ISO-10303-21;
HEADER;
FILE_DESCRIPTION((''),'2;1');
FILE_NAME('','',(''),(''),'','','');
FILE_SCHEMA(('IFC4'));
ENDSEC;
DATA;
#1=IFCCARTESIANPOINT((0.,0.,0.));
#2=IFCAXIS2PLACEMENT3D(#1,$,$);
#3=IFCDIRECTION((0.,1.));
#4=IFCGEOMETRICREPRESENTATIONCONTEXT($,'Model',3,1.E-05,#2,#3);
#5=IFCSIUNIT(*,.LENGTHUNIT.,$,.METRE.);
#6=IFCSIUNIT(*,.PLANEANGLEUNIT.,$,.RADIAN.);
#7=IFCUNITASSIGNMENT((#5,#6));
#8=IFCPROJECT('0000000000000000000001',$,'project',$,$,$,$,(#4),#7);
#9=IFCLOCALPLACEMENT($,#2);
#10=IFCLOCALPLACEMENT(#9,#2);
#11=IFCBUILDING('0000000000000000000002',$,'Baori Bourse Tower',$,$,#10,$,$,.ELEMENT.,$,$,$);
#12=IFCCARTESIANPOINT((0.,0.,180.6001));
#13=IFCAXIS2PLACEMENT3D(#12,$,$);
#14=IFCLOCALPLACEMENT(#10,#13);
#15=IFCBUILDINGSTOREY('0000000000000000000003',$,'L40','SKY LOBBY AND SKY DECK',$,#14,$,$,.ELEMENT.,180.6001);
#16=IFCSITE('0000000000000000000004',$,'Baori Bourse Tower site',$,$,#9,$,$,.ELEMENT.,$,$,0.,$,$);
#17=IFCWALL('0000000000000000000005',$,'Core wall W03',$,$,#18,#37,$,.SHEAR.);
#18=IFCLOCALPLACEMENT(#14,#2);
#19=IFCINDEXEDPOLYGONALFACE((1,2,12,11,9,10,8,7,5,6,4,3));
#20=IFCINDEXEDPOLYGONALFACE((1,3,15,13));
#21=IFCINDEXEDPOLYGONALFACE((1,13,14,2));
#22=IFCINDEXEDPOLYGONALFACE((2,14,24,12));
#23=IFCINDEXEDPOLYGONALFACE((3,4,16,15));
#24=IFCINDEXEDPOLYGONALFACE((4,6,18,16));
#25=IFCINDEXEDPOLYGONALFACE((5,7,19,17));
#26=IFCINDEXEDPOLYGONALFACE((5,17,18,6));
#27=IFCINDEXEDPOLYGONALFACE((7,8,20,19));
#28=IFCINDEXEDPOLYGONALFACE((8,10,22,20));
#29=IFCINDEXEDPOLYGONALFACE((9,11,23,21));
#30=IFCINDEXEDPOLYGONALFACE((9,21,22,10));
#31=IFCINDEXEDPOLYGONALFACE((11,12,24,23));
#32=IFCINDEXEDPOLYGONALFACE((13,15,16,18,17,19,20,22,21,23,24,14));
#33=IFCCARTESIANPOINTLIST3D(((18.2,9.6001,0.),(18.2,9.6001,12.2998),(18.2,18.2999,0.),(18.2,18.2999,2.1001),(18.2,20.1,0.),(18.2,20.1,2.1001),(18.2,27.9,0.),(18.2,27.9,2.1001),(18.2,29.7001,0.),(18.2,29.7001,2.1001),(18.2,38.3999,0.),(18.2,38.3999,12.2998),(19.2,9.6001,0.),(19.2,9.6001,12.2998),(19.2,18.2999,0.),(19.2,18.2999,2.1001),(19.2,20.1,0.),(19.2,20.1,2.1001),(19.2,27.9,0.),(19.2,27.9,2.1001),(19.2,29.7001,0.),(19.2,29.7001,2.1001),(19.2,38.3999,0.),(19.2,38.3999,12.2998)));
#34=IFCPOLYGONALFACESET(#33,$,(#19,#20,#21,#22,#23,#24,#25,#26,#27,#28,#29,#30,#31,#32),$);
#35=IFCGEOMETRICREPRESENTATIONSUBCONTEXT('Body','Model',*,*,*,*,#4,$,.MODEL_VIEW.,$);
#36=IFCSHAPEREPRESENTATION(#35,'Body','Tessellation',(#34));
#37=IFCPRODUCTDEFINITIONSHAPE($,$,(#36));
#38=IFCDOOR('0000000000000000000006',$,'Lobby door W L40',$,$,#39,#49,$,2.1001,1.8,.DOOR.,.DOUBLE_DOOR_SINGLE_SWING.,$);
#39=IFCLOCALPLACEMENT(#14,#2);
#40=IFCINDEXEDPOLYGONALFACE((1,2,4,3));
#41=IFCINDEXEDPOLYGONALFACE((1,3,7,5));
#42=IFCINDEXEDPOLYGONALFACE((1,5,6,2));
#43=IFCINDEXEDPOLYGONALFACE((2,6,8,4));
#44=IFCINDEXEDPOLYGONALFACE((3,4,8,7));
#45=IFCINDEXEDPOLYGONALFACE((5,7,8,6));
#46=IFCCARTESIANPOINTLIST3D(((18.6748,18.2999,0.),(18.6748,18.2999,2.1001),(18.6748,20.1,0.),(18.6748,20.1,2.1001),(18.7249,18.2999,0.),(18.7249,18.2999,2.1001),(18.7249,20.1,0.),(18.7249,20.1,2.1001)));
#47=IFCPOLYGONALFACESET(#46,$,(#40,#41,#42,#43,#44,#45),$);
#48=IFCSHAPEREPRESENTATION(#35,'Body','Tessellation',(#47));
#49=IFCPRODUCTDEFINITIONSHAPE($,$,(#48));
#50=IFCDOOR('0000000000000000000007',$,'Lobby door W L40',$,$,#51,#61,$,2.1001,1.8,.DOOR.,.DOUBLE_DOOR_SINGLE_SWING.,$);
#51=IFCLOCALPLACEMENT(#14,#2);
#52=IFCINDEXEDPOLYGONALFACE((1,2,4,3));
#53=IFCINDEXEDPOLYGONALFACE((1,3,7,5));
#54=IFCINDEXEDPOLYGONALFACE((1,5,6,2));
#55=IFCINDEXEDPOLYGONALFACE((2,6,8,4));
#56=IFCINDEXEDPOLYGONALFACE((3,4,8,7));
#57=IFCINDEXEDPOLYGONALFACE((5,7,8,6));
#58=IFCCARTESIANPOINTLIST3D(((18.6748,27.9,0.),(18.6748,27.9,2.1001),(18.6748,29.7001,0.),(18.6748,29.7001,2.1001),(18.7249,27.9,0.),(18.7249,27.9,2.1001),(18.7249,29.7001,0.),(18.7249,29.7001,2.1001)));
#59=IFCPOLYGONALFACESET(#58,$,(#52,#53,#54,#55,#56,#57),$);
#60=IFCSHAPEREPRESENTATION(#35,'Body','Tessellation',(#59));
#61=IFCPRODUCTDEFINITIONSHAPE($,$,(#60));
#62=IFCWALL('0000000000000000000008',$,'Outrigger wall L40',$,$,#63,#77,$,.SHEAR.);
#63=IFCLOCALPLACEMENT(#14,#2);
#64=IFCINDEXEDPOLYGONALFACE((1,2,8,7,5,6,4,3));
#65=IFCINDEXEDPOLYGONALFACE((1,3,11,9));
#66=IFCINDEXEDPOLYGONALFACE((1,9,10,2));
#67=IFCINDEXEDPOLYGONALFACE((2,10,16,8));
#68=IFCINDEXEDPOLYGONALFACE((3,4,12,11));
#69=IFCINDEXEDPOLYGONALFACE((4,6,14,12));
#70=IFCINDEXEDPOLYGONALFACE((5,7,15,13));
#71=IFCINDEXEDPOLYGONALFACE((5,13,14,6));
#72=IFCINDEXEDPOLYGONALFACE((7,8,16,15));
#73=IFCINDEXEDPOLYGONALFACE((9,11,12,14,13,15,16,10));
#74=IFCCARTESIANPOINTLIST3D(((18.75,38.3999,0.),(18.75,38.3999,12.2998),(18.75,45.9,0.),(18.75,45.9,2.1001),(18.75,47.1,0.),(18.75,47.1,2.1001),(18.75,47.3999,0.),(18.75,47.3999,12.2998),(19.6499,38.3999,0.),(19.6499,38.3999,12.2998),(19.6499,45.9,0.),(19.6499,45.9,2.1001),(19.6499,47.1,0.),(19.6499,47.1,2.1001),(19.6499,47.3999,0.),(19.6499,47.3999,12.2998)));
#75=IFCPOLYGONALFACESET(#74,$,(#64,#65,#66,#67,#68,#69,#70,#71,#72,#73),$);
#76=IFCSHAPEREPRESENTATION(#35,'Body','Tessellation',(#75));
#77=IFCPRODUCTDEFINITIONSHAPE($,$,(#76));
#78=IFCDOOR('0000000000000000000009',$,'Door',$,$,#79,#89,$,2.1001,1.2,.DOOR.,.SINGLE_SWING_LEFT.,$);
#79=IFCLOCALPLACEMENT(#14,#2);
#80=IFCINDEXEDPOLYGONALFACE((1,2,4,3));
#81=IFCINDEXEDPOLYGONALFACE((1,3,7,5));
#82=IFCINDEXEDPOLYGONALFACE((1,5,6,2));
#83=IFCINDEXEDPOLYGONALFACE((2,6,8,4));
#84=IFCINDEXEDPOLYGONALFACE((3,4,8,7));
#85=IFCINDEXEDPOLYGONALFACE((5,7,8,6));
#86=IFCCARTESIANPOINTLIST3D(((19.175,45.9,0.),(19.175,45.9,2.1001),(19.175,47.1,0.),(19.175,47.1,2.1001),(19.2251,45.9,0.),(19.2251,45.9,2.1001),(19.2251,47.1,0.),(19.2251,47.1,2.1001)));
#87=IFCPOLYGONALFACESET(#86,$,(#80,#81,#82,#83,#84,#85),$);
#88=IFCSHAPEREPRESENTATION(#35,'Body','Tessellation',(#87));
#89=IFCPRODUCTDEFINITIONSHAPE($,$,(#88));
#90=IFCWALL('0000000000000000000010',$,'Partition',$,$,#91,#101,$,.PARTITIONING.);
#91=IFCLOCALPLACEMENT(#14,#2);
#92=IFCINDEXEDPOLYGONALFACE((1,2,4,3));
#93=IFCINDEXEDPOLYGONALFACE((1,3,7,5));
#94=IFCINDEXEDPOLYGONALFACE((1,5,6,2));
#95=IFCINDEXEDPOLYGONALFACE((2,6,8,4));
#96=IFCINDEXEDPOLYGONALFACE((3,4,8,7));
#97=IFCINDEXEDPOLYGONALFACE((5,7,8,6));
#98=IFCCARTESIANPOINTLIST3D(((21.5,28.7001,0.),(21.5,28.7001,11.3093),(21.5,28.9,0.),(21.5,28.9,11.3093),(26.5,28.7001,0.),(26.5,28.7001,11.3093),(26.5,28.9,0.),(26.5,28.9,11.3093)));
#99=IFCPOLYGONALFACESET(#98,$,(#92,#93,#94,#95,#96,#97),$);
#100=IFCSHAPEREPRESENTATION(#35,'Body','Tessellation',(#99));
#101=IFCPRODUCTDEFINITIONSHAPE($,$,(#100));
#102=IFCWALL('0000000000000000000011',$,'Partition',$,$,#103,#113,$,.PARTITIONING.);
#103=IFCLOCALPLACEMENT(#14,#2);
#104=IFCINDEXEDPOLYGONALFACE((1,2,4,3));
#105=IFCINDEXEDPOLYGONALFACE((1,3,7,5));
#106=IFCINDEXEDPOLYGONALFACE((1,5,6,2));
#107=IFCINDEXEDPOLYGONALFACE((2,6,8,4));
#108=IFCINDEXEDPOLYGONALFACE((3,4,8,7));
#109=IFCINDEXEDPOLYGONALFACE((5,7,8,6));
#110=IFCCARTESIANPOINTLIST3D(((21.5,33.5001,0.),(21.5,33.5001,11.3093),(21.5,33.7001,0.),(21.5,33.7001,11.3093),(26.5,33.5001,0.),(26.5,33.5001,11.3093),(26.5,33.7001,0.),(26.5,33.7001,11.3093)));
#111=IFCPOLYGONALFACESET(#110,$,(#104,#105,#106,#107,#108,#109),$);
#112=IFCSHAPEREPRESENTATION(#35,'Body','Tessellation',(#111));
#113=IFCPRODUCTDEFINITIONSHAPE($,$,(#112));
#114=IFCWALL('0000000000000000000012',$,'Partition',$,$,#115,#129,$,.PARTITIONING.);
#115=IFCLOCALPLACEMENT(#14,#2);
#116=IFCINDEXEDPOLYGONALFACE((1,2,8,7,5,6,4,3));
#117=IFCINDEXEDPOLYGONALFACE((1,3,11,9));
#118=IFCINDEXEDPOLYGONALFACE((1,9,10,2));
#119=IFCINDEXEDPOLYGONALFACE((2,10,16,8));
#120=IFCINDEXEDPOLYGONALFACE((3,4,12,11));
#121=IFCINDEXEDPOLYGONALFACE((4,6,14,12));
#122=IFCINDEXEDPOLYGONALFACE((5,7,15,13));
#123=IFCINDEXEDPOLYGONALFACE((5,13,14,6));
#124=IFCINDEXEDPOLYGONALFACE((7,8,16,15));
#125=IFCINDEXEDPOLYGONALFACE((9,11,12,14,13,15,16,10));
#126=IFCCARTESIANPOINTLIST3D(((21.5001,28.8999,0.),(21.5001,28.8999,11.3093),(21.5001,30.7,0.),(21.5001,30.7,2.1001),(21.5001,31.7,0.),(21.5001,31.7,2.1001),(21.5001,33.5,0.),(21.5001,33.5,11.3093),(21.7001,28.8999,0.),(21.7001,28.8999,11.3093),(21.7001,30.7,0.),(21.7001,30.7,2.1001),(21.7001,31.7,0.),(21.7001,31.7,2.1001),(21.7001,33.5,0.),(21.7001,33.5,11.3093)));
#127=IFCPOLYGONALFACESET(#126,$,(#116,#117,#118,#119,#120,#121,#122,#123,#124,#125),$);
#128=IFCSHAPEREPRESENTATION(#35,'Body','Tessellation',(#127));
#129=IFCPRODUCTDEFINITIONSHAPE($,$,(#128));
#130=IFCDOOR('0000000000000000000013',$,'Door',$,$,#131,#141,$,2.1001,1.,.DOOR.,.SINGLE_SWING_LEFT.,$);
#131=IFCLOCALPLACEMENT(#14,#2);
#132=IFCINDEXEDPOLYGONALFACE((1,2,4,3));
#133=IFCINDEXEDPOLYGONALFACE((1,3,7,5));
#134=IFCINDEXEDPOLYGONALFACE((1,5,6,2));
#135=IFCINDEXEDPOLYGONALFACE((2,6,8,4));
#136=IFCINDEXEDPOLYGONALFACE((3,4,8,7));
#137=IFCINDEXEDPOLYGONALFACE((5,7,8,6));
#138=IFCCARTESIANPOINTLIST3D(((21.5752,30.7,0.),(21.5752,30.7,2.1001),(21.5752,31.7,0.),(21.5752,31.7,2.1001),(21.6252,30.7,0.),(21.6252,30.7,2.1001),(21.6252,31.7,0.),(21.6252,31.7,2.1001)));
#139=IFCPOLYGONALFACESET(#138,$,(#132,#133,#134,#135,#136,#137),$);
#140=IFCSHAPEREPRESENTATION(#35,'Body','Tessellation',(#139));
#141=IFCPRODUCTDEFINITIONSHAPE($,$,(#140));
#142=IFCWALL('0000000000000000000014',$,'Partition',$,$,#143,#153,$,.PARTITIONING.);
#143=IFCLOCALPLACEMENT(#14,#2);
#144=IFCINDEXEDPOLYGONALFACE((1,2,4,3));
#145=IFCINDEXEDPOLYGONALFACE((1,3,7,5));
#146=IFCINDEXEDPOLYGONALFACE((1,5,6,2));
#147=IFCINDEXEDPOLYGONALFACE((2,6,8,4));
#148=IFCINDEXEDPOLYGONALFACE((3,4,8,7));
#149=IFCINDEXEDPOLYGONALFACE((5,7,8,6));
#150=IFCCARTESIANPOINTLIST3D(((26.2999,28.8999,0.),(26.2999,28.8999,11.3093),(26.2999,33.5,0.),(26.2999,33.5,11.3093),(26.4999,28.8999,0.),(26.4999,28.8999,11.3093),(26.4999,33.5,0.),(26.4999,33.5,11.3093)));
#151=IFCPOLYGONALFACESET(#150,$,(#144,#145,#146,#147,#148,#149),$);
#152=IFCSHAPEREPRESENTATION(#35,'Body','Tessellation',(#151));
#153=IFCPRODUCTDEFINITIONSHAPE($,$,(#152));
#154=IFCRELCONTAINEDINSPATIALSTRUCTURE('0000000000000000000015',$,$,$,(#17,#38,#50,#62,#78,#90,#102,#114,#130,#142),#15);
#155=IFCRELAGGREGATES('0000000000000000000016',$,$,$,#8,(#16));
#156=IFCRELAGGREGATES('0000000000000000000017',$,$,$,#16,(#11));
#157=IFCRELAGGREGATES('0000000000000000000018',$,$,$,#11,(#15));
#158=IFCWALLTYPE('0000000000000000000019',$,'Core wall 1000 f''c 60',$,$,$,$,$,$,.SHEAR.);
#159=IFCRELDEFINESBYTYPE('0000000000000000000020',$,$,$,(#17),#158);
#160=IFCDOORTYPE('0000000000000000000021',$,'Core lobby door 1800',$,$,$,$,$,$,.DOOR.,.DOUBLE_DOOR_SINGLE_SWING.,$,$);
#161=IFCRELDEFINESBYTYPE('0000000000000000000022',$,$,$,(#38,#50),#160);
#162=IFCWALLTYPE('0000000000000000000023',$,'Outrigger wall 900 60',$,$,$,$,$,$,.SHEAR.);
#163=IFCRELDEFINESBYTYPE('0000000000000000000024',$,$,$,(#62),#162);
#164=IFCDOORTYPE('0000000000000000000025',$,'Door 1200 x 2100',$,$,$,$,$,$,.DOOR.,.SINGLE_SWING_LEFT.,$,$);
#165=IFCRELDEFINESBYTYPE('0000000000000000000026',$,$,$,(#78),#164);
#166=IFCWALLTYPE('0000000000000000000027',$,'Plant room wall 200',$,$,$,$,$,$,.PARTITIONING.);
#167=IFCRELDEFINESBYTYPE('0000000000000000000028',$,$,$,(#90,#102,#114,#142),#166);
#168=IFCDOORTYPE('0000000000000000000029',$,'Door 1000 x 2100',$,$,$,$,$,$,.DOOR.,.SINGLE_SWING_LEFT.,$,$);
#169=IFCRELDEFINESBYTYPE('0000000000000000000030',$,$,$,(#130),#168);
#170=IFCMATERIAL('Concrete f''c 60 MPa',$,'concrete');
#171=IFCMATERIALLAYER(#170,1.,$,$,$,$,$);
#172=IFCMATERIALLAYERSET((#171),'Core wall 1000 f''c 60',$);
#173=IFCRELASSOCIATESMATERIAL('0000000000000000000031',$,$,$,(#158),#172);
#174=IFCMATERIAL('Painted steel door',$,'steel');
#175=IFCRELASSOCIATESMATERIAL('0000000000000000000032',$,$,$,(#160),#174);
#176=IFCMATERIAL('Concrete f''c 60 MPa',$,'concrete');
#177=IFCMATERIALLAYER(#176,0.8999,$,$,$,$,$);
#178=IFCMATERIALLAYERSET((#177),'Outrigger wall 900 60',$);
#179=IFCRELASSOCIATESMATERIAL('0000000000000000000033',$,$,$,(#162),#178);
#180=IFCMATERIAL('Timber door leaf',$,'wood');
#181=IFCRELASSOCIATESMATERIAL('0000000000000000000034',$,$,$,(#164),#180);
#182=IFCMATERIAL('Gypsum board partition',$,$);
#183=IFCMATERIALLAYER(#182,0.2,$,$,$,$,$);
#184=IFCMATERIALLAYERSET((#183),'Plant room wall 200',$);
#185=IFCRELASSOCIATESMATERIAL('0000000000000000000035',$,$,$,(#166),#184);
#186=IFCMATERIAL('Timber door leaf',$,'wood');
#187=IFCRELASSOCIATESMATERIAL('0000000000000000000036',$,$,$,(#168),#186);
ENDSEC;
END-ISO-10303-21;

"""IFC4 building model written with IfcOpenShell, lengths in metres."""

from ifc_helpers import new_model, si_unit, direction, frame, frame_2d, origin, place, context, subcontext, project, spatial, rectangle, extrude, material, layer, layer_set, type_object, element, fill, save


model = new_model("IFC4")

# Units and contexts
model_context = context("Model", 3, precision=1e-05, world=origin(), true_north=direction((0.0, 1.0)))
body_context = subcontext(model_context, "Body", "Model", "MODEL_VIEW")
ifc_project = project(units=[si_unit("LENGTHUNIT", "METRE"), si_unit("PLANEANGLEUNIT", "RADIAN")], contexts=[model_context])

# Site, building, storey
site_placement = place(None, origin())
site = spatial("IfcSite", under=ifc_project, at=site_placement, Name="Baori Bourse Tower site", CompositionType="ELEMENT", RefElevation=0.0)
building_placement = place(site_placement, origin())
building = spatial("IfcBuilding", under=site, at=building_placement, Name="Baori Bourse Tower", CompositionType="ELEMENT")
storey_placement = place(building_placement, frame((0.0, 0.0, 180.6001)))
storey = spatial("IfcBuildingStorey", under=building, at=storey_placement, Name="L40", Description="SKY LOBBY AND SKY DECK", CompositionType="ELEMENT", Elevation=180.6001)

# Wall, openings, doors
ifc_material_1 = material(Name="Concrete f'c 60 MPa", Category="concrete")
ifc_layer_1 = layer(ifc_material_1, 1.0)
ifc_layer_set_1 = layer_set([ifc_layer_1], Name="Core wall 1000 f'c 60")
wall_type_1 = type_object("IfcWallType", Name="Core wall 1000 f'c 60", PredefinedType="SHEAR", material=ifc_layer_set_1)
wall_1_placement = place(storey_placement, frame((18.7, 38.3999, 0.0), z_axis=(0.0, 0.0, 1.0), x_axis=(0.0, -1.0, 0.0)))
wall_1 = element("IfcWall", 1, at=wall_1_placement, inside=storey, type_object=wall_type_1, Name="Core wall W03", PredefinedType="SHEAR", context=body_context, shape_type="SweptSolid", body=[
    extrude(rectangle(XDim=28.7998, YDim=1.0, at=frame_2d((14.3999, 0.0))), origin(), (0.0, 0.0, 1.0), 12.2998),
])
opening_1_placement = place(wall_1_placement, frame((18.3, 0.0, 0.0)))
opening_1 = element("IfcOpeningElement", 2, at=opening_1_placement, cuts=wall_1, PredefinedType="OPENING", context=body_context, shape_type="SweptSolid", body=[
    extrude(rectangle(XDim=1.8, YDim=2.1001, at=frame_2d((0.8999, 1.05))), frame((0.0, 0.51, 0.0), z_axis=(0.0, -1.0, 0.0), x_axis=(1.0, 0.0, 0.0)), (0.0, 0.0, 1.0), 1.02),
])
opening_2_placement = place(wall_1_placement, frame((8.7, 0.0, 0.0)))
opening_2 = element("IfcOpeningElement", 3, at=opening_2_placement, cuts=wall_1, PredefinedType="OPENING", context=body_context, shape_type="SweptSolid", body=[
    extrude(rectangle(XDim=1.8, YDim=2.1001, at=frame_2d((0.8999, 1.05))), frame((0.0, 0.51, 0.0), z_axis=(0.0, -1.0, 0.0), x_axis=(1.0, 0.0, 0.0)), (0.0, 0.0, 1.0), 1.02),
])
ifc_material_2 = material(Name="Painted steel door", Category="steel")
door_type_1 = type_object("IfcDoorType", Name="Core lobby door 1800", OperationType="DOUBLE_DOOR_SINGLE_SWING", PredefinedType="DOOR", material=ifc_material_2)
door_1_placement = place(opening_1_placement, origin())
door_1 = element("IfcDoor", 4, at=door_1_placement, inside=storey, type_object=door_type_1, Name="Lobby door W L40", OperationType="DOUBLE_DOOR_SINGLE_SWING", OverallHeight=2.1001, OverallWidth=1.8, PredefinedType="DOOR", context=body_context, shape_type="SweptSolid", body=[
    extrude(rectangle(XDim=1.8, YDim=2.1001, at=frame_2d((0.8999, 1.05))), frame((0.0, 0.0249, 0.0), z_axis=(0.0, -1.0, 0.0), x_axis=(1.0, 0.0, 0.0)), (0.0, 0.0, 1.0), 0.05),
])
fill(opening_1, door_1)
door_2_placement = place(opening_2_placement, origin())
door_2 = element("IfcDoor", 5, at=door_2_placement, inside=storey, type_object=door_type_1, Name="Lobby door W L40", OperationType="DOUBLE_DOOR_SINGLE_SWING", OverallHeight=2.1001, OverallWidth=1.8, PredefinedType="DOOR", context=body_context, shape_type="SweptSolid", body=[
    extrude(rectangle(XDim=1.8, YDim=2.1001, at=frame_2d((0.8999, 1.05))), frame((0.0, 0.0249, 0.0), z_axis=(0.0, -1.0, 0.0), x_axis=(1.0, 0.0, 0.0)), (0.0, 0.0, 1.0), 0.05),
])
fill(opening_2, door_2)

# Wall, opening, door
ifc_material_3 = material(Name="Concrete f'c 60 MPa", Category="concrete")
ifc_layer_2 = layer(ifc_material_3, 0.8999)
ifc_layer_set_2 = layer_set([ifc_layer_2], Name="Outrigger wall 900 60")
wall_type_2 = type_object("IfcWallType", Name="Outrigger wall 900 60", PredefinedType="SHEAR", material=ifc_layer_set_2)
wall_2_placement = place(storey_placement, frame((19.2, 38.3999, 0.0), z_axis=(0.0, 0.0, 1.0), x_axis=(0.0, 1.0, 0.0)))
wall_2 = element("IfcWall", 6, at=wall_2_placement, inside=storey, type_object=wall_type_2, Name="Outrigger wall L40", PredefinedType="SHEAR", context=body_context, shape_type="SweptSolid", body=[
    extrude(rectangle(XDim=9.0, YDim=0.8999, at=frame_2d((4.5, 0.0))), origin(), (0.0, 0.0, 1.0), 12.2998),
])
opening_3_placement = place(wall_2_placement, frame((7.5, 0.0, 0.0)))
opening_3 = element("IfcOpeningElement", 7, at=opening_3_placement, cuts=wall_2, PredefinedType="OPENING", context=body_context, shape_type="SweptSolid", body=[
    extrude(rectangle(XDim=1.2, YDim=2.1001, at=frame_2d((0.6001, 1.05))), frame((0.0, 0.46, 0.0), z_axis=(0.0, -1.0, 0.0), x_axis=(1.0, 0.0, 0.0)), (0.0, 0.0, 1.0), 0.9199),
])
ifc_material_4 = material(Name="Timber door leaf", Category="wood")
door_type_2 = type_object("IfcDoorType", Name="Door 1200 x 2100", OperationType="SINGLE_SWING_LEFT", PredefinedType="DOOR", material=ifc_material_4)
door_3_placement = place(opening_3_placement, origin())
door_3 = element("IfcDoor", 8, at=door_3_placement, inside=storey, type_object=door_type_2, Name="Door", OperationType="SINGLE_SWING_LEFT", OverallHeight=2.1001, OverallWidth=1.2, PredefinedType="DOOR", context=body_context, shape_type="SweptSolid", body=[
    extrude(rectangle(XDim=1.2, YDim=2.1001, at=frame_2d((0.6001, 1.05))), frame((0.0, 0.0249, 0.0), z_axis=(0.0, -1.0, 0.0), x_axis=(1.0, 0.0, 0.0)), (0.0, 0.0, 1.0), 0.05),
])
fill(opening_3, door_3)

# Walls
ifc_material_5 = material(Name="Gypsum board partition")
ifc_layer_3 = layer(ifc_material_5, 0.2)
ifc_layer_set_3 = layer_set([ifc_layer_3], Name="Plant room wall 200")
wall_type_3 = type_object("IfcWallType", Name="Plant room wall 200", PredefinedType="PARTITIONING", material=ifc_layer_set_3)
for number, where, z_axis, x_axis, name in (
    (9, (21.5, 28.8, 0.0), (0.0, 0.0, 1.0), (1.0, 0.0, 0.0), "Partition"),
    (10, (21.5, 33.6001, 0.0), (0.0, 0.0, 1.0), (1.0, 0.0, 0.0), "Partition"),
):
    element("IfcWall", number, at=place(storey_placement, frame(where, z_axis=z_axis, x_axis=x_axis)), inside=storey, type_object=wall_type_3, Name=name, PredefinedType="PARTITIONING", context=body_context, shape_type="SweptSolid", body=[
        extrude(rectangle(XDim=5.0, YDim=0.2, at=frame_2d((2.5, 0.0))), origin(), (0.0, 0.0, 1.0), 11.3093),
    ])

# Wall, opening, door
wall_3_placement = place(storey_placement, frame((21.6001, 28.8999, 0.0), z_axis=(0.0, 0.0, 1.0), x_axis=(0.0, 1.0, 0.0)))
wall_3 = element("IfcWall", 11, at=wall_3_placement, inside=storey, type_object=wall_type_3, Name="Partition", PredefinedType="PARTITIONING", context=body_context, shape_type="SweptSolid", body=[
    extrude(rectangle(XDim=4.6001, YDim=0.2, at=frame_2d((2.3, 0.0))), origin(), (0.0, 0.0, 1.0), 11.3093),
])
opening_4_placement = place(wall_3_placement, frame((1.8, 0.0, 0.0)))
opening_4 = element("IfcOpeningElement", 12, at=opening_4_placement, cuts=wall_3, PredefinedType="OPENING", context=body_context, shape_type="SweptSolid", body=[
    extrude(rectangle(XDim=1.0, YDim=2.1001, at=frame_2d((0.5, 1.05))), frame((0.0, 0.1099, 0.0), z_axis=(0.0, -1.0, 0.0), x_axis=(1.0, 0.0, 0.0)), (0.0, 0.0, 1.0), 0.22),
])
ifc_material_6 = material(Name="Timber door leaf", Category="wood")
door_type_3 = type_object("IfcDoorType", Name="Door 1000 x 2100", OperationType="SINGLE_SWING_LEFT", PredefinedType="DOOR", material=ifc_material_6)
door_4_placement = place(opening_4_placement, origin())
door_4 = element("IfcDoor", 13, at=door_4_placement, inside=storey, type_object=door_type_3, Name="Door", OperationType="SINGLE_SWING_LEFT", OverallHeight=2.1001, OverallWidth=1.0, PredefinedType="DOOR", context=body_context, shape_type="SweptSolid", body=[
    extrude(rectangle(XDim=1.0, YDim=2.1001, at=frame_2d((0.5, 1.05))), frame((0.0, 0.0249, 0.0), z_axis=(0.0, -1.0, 0.0), x_axis=(1.0, 0.0, 0.0)), (0.0, 0.0, 1.0), 0.05),
])
fill(opening_4, door_4)

# Wall
wall_4_placement = place(storey_placement, frame((26.3999, 28.8999, 0.0), z_axis=(0.0, 0.0, 1.0), x_axis=(0.0, 1.0, 0.0)))
element("IfcWall", 14, at=wall_4_placement, inside=storey, type_object=wall_type_3, Name="Partition", PredefinedType="PARTITIONING", context=body_context, shape_type="SweptSolid", body=[
    extrude(rectangle(XDim=4.6001, YDim=0.2, at=frame_2d((2.3, 0.0))), origin(), (0.0, 0.0, 1.0), 11.3093),
])

save(model, "model.ifc")
